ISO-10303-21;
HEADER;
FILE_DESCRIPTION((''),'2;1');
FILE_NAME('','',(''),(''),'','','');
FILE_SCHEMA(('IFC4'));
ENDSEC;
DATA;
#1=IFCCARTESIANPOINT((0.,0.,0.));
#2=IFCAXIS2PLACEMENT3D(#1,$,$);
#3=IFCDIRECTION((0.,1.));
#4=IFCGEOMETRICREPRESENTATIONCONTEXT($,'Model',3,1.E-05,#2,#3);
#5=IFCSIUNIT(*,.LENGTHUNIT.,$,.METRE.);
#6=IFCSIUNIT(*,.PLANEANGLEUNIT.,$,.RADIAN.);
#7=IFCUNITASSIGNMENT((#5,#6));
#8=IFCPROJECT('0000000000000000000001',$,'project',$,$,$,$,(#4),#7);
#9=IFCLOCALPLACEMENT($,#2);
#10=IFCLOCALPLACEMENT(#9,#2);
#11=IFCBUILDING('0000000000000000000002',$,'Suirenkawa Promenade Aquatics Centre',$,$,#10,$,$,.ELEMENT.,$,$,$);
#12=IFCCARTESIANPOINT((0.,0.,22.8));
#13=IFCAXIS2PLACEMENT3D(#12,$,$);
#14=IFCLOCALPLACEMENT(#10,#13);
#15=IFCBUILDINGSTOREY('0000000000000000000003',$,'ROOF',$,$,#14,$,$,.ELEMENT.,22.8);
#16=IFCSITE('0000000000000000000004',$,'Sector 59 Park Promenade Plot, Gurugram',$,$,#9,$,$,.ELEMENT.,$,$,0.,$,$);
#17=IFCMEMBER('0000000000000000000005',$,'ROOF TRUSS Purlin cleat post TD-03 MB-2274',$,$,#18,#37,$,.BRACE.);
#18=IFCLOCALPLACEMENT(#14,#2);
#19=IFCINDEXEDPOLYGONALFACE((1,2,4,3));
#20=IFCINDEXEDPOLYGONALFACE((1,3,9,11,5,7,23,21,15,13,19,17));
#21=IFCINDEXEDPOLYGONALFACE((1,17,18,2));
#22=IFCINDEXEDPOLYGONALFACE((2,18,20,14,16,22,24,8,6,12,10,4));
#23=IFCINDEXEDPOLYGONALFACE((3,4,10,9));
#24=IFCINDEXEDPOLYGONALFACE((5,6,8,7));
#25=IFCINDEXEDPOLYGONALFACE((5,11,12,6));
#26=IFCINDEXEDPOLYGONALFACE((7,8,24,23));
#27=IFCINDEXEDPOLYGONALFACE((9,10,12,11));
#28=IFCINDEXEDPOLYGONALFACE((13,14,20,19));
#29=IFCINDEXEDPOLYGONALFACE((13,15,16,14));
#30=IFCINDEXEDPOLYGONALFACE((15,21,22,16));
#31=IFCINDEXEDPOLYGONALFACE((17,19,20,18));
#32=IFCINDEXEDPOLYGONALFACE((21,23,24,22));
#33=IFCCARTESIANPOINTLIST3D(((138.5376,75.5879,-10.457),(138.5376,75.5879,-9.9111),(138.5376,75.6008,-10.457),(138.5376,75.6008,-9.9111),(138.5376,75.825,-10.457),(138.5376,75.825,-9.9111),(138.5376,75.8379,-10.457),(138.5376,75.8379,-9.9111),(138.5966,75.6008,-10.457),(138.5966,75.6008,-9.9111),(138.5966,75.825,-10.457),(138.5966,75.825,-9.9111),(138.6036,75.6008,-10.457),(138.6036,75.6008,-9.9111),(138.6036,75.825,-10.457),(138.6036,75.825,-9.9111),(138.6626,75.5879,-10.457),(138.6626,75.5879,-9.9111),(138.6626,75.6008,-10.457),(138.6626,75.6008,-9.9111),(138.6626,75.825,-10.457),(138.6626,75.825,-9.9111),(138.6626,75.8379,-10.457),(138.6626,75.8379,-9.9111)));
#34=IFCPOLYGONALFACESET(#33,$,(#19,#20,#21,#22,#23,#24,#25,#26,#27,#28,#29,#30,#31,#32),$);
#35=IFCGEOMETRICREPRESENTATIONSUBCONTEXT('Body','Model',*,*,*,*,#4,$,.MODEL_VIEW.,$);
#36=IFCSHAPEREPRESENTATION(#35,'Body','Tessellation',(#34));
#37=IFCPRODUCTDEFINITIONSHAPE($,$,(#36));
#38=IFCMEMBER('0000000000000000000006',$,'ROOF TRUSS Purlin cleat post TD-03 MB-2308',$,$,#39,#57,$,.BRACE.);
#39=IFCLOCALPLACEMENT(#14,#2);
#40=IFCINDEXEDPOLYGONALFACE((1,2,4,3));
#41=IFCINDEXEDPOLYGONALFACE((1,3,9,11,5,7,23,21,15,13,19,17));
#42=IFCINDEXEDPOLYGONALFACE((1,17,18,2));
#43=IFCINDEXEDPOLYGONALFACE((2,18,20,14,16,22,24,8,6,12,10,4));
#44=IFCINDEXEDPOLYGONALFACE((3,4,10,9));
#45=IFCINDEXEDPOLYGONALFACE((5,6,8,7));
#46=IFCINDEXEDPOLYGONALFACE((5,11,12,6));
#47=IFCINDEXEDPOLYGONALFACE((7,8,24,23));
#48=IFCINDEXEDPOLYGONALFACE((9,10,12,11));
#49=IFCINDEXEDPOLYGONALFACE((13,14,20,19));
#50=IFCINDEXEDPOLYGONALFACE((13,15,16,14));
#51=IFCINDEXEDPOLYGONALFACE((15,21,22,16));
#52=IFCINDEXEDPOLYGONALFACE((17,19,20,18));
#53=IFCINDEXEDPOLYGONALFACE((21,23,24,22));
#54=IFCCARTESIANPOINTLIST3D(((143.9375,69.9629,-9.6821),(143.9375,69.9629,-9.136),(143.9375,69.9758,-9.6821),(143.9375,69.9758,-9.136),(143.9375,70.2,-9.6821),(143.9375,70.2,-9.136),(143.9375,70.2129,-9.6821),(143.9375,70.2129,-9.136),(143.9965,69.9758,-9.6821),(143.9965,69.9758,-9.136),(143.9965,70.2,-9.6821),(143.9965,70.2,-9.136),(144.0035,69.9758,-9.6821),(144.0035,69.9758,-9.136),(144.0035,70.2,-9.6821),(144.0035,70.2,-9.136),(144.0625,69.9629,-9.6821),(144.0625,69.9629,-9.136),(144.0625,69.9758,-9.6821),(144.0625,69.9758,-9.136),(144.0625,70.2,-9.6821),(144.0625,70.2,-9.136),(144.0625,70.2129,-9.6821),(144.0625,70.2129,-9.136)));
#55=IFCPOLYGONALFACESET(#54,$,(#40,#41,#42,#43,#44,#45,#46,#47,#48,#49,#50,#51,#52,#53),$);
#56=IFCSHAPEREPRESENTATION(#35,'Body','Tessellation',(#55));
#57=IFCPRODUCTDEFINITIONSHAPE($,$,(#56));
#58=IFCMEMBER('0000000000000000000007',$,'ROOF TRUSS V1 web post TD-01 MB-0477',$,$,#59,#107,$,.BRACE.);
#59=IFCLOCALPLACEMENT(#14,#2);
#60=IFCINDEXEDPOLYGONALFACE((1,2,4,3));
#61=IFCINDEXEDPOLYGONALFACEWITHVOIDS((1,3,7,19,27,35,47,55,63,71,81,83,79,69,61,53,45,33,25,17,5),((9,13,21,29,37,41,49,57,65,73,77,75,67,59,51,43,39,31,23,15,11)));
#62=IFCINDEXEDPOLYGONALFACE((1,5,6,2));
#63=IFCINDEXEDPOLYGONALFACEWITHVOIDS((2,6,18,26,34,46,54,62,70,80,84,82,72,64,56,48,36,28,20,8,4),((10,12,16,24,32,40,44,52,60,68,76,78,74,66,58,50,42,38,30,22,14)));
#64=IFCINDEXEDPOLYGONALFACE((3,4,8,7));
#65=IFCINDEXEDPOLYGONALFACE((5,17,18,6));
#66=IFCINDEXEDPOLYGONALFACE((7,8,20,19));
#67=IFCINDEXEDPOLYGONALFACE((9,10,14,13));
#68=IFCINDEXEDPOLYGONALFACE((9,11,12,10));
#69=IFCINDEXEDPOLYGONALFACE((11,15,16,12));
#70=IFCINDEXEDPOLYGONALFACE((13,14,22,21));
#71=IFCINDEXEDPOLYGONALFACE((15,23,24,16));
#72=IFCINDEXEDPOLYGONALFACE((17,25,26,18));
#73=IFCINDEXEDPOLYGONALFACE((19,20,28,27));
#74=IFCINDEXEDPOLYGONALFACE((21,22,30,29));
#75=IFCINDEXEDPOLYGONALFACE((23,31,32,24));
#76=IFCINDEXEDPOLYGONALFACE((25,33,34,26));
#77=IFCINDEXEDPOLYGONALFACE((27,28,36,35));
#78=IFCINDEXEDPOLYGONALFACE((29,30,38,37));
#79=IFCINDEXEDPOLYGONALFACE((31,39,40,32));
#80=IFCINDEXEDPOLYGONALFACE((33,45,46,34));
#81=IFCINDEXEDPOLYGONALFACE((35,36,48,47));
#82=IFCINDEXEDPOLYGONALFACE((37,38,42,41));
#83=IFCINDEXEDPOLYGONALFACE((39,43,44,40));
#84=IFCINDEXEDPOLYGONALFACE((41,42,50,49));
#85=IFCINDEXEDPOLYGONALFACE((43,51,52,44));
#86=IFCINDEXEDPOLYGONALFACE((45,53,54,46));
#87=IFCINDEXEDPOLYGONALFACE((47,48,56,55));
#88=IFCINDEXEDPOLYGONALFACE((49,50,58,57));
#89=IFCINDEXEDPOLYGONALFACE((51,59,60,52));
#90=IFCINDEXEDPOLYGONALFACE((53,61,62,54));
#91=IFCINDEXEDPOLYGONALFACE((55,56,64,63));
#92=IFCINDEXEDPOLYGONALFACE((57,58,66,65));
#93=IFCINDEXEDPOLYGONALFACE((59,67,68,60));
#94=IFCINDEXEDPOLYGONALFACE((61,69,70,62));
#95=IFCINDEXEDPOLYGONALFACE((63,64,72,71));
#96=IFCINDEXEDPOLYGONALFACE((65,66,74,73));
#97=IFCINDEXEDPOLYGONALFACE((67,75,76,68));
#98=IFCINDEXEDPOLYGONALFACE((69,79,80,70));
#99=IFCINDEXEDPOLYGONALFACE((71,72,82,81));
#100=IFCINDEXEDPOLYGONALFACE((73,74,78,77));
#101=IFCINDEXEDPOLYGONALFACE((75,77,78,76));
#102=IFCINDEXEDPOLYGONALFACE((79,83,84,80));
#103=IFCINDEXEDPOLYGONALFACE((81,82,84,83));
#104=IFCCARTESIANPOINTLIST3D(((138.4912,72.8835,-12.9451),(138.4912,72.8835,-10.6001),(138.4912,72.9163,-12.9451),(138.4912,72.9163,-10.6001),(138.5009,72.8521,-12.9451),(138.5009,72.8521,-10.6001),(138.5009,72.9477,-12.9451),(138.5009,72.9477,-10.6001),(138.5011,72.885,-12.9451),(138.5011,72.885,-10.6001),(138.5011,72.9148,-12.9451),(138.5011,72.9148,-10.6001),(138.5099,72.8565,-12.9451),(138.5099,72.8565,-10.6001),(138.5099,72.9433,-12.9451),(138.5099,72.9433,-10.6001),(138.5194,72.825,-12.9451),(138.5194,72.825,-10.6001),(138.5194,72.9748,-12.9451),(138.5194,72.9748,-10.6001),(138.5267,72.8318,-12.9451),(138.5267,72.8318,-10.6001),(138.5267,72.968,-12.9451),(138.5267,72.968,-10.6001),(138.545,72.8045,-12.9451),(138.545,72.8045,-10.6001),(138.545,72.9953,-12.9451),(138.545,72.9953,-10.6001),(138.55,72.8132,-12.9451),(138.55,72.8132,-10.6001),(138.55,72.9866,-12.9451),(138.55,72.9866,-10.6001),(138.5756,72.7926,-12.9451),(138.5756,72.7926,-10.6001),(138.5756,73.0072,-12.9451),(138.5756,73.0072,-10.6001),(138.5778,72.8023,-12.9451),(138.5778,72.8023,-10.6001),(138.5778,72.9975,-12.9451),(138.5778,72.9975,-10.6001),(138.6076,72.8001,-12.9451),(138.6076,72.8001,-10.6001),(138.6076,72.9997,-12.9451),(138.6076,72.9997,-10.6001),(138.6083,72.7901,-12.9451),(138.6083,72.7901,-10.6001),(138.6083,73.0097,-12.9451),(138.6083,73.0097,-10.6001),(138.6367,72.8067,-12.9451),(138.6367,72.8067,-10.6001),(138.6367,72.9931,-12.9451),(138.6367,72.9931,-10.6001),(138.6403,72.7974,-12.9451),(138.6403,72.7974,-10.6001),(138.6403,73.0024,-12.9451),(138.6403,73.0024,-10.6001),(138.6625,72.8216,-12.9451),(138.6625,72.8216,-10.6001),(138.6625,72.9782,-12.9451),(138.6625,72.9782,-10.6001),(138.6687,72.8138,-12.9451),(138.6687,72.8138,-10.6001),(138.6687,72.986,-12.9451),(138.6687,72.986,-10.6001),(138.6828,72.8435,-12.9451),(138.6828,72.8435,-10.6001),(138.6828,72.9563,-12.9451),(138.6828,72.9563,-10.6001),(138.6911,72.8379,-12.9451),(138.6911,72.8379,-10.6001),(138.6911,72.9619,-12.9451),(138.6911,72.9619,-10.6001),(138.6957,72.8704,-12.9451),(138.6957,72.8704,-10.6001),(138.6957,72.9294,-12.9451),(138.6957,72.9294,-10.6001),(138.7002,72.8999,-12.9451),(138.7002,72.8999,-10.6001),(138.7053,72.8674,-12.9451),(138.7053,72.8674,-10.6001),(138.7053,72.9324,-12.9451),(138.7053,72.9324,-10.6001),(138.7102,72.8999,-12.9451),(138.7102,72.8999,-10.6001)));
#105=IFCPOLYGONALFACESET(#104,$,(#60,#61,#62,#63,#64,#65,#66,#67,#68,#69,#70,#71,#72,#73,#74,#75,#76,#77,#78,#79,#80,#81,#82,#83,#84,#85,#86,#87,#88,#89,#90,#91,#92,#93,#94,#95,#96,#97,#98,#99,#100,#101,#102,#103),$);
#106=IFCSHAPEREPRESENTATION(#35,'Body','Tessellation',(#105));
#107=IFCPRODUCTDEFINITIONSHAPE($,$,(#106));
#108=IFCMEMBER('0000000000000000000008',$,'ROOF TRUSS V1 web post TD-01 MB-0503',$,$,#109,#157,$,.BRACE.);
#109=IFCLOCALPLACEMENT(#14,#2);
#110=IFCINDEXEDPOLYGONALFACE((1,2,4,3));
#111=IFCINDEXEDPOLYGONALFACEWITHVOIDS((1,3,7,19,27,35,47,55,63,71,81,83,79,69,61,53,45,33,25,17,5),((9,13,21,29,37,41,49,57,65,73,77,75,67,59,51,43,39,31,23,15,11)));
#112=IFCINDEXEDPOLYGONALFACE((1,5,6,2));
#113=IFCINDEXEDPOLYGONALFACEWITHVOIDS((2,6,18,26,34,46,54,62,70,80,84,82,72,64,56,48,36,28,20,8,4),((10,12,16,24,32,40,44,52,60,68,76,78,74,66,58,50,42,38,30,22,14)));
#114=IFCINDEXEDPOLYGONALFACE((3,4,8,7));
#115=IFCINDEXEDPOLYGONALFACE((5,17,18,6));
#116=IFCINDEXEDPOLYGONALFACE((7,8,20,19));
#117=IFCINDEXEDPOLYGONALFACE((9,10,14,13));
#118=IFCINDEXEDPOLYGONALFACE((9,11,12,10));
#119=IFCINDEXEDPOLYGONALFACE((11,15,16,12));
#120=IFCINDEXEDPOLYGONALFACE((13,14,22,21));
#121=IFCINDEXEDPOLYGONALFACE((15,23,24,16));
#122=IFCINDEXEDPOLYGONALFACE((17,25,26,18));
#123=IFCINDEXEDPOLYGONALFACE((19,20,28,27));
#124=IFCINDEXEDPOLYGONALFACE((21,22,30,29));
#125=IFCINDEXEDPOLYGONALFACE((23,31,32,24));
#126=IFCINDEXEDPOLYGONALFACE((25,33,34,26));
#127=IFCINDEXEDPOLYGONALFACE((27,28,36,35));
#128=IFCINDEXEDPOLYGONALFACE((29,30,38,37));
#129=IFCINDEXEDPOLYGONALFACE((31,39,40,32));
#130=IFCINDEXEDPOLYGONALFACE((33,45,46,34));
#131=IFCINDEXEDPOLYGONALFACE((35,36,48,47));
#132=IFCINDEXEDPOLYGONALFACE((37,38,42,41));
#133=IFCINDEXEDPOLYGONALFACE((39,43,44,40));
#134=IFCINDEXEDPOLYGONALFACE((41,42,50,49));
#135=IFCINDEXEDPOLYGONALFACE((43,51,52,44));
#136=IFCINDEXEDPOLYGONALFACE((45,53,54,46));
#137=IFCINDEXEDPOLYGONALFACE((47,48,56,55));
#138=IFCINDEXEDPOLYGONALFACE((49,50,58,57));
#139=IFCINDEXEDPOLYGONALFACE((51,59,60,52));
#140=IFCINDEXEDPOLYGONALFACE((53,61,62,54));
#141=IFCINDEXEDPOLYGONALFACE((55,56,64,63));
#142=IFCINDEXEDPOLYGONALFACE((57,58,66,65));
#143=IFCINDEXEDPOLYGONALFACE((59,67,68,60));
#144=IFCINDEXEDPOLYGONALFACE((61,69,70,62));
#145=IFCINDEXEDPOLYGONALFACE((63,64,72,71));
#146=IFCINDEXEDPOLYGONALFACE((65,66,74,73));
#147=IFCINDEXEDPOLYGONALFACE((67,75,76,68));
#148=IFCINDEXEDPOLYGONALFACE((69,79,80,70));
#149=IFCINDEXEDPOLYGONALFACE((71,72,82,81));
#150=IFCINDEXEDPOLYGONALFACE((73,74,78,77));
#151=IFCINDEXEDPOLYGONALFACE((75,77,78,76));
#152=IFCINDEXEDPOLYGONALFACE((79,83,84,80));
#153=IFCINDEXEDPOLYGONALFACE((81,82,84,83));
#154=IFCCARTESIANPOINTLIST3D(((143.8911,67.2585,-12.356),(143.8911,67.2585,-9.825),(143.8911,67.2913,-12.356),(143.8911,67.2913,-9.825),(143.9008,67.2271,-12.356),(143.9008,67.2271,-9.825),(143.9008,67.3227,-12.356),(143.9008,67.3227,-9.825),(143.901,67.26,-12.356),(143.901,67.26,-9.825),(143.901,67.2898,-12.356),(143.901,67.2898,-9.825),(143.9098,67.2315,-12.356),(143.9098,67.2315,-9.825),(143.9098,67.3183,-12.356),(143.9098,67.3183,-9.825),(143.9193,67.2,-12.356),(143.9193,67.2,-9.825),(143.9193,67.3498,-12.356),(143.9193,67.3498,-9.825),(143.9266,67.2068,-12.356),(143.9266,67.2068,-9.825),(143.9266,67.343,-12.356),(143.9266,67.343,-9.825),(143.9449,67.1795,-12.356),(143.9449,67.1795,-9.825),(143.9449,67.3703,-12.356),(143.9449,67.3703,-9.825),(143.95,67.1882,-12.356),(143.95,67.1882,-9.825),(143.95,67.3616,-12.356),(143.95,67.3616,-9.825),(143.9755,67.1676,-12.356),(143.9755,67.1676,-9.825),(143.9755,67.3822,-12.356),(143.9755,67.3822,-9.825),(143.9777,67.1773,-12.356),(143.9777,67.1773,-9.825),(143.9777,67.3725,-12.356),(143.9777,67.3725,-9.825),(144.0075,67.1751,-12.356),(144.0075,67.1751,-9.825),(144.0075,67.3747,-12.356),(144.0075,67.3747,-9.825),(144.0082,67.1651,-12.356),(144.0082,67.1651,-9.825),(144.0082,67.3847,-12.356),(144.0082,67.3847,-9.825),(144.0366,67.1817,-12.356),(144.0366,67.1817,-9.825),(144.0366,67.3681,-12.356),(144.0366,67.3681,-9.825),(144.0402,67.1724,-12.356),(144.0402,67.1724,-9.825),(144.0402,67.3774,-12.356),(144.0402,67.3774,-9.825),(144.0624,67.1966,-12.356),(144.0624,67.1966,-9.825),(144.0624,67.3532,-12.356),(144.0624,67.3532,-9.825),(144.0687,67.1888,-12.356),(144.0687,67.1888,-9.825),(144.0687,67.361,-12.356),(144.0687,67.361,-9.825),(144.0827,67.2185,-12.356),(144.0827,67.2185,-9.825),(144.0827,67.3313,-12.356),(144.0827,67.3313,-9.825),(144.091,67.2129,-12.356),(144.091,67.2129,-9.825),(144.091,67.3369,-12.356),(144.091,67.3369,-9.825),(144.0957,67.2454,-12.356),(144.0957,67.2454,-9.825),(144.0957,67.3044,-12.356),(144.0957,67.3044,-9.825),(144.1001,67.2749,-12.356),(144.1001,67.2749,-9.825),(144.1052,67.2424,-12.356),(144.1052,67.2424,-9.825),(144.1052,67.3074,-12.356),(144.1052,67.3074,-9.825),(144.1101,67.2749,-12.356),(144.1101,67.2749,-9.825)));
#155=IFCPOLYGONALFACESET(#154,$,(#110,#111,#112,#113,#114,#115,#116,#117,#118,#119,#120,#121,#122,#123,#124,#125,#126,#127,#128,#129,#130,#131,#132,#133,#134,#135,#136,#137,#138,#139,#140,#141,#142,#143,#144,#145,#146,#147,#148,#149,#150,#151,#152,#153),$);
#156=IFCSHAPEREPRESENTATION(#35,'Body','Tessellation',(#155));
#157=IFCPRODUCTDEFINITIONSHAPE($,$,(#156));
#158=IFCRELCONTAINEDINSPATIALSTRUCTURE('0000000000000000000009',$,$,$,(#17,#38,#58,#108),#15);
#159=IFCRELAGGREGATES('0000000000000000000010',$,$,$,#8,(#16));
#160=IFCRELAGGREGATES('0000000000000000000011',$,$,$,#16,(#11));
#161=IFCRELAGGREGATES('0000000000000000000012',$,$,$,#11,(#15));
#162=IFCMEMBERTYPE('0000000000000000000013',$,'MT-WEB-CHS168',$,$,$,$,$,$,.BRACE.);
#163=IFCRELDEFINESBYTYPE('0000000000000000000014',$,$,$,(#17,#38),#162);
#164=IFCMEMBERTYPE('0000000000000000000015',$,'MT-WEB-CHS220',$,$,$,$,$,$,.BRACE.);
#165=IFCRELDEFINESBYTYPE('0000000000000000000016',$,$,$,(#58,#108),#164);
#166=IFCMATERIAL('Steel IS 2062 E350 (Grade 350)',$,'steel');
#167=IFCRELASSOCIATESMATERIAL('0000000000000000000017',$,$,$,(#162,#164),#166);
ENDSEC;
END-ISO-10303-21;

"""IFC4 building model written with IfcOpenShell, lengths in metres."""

from ifc_helpers import new_model, si_unit, direction, frame, origin, origin_2d, place, context, subcontext, project, spatial, hollow_circle, i_section, extrude, material, material_profile, profile_set, type_object, element, save


model = new_model("IFC4")

# Units and contexts
model_context = context("Model", 3, precision=1e-05, world=origin(), true_north=direction((0.0, 1.0)))
body_context = subcontext(model_context, "Body", "Model", "MODEL_VIEW")
ifc_project = project(units=[si_unit("LENGTHUNIT", "METRE"), si_unit("PLANEANGLEUNIT", "RADIAN")], contexts=[model_context])

# Site, building, storey
site_placement = place(None, origin())
site = spatial("IfcSite", under=ifc_project, at=site_placement, Name="Sector 59 Park Promenade Plot, Gurugram", CompositionType="ELEMENT", RefElevation=0.0)
building_placement = place(site_placement, origin())
building = spatial("IfcBuilding", under=site, at=building_placement, Name="Suirenkawa Promenade Aquatics Centre", CompositionType="ELEMENT")
storey_placement = place(building_placement, frame((0.0, 0.0, 22.8)))
storey = spatial("IfcBuildingStorey", under=building, at=storey_placement, Name="ROOF", CompositionType="ELEMENT", Elevation=22.8)

# Shared definitions
ifc_material = material(Name="Steel IS 2062 E350 (Grade 350)", Category="steel")

# Members
ifc_material_profile_1 = material_profile(ifc_material, i_section(OverallWidth=0.125, OverallDepth=0.25, WebThickness=0.0071, FlangeThickness=0.0129, at=origin_2d()), Name="ISMB 250", Category="steel")
ifc_profile_set_1 = profile_set([ifc_material_profile_1], Name="Steel IS 2062 E350 (Grade 350)")
member_type_1 = type_object("IfcMemberType", Name="MT-WEB-CHS168", PredefinedType="BRACE", material=ifc_profile_set_1)
member_1_placement = place(storey_placement, frame((138.6001, 75.7129, -10.457), z_axis=(0.0, 0.0, 1.0), x_axis=(1.0, 0.0, 0.0)))
element("IfcMember", 1, at=member_1_placement, inside=storey, type_object=member_type_1, Name="ROOF TRUSS Purlin cleat post TD-03 MB-2274", PredefinedType="BRACE", context=body_context, shape_type="SweptSolid", body=[
    extrude(i_section(OverallWidth=0.125, OverallDepth=0.25, WebThickness=0.0071, FlangeThickness=0.0129, at=origin_2d()), origin(), (0.0, 0.0, 1.0), 0.5459),
])
member_2_placement = place(storey_placement, frame((144.0, 70.0879, -9.6821), z_axis=(0.0, 0.0, 1.0), x_axis=(1.0, 0.0, 0.0)))
element("IfcMember", 2, at=member_2_placement, inside=storey, type_object=member_type_1, Name="ROOF TRUSS Purlin cleat post TD-03 MB-2308", PredefinedType="BRACE", context=body_context, shape_type="SweptSolid", body=[
    extrude(i_section(OverallWidth=0.125, OverallDepth=0.25, WebThickness=0.0071, FlangeThickness=0.0129, at=origin_2d()), origin(), (0.0, 0.0, 1.0), 0.5461),
])
ifc_material_profile_2 = material_profile(ifc_material, hollow_circle(Radius=0.1101, WallThickness=0.01, at=origin_2d()), Name="CHS 220x10", Category="steel")
ifc_profile_set_2 = profile_set([ifc_material_profile_2], Name="Steel IS 2062 E350 (Grade 350)")
member_type_2 = type_object("IfcMemberType", Name="MT-WEB-CHS220", PredefinedType="BRACE", material=ifc_profile_set_2)
member_3_placement = place(storey_placement, frame((138.6001, 72.8999, -12.9451), z_axis=(0.0, 0.0, 1.0), x_axis=(1.0, 0.0, 0.0)))
element("IfcMember", 3, at=member_3_placement, inside=storey, type_object=member_type_2, Name="ROOF TRUSS V1 web post TD-01 MB-0477", PredefinedType="BRACE", context=body_context, shape_type="SweptSolid", body=[
    extrude(hollow_circle(Radius=0.1101, WallThickness=0.01, at=origin_2d()), origin(), (0.0, 0.0, 1.0), 2.345),
])
member_4_placement = place(storey_placement, frame((144.0, 67.2749, -12.356), z_axis=(0.0, 0.0, 1.0), x_axis=(1.0, 0.0, 0.0)))
element("IfcMember", 4, at=member_4_placement, inside=storey, type_object=member_type_2, Name="ROOF TRUSS V1 web post TD-01 MB-0503", PredefinedType="BRACE", context=body_context, shape_type="SweptSolid", body=[
    extrude(hollow_circle(Radius=0.1101, WallThickness=0.01, at=origin_2d()), origin(), (0.0, 0.0, 1.0), 2.531),
])

save(model, "model.ifc")
